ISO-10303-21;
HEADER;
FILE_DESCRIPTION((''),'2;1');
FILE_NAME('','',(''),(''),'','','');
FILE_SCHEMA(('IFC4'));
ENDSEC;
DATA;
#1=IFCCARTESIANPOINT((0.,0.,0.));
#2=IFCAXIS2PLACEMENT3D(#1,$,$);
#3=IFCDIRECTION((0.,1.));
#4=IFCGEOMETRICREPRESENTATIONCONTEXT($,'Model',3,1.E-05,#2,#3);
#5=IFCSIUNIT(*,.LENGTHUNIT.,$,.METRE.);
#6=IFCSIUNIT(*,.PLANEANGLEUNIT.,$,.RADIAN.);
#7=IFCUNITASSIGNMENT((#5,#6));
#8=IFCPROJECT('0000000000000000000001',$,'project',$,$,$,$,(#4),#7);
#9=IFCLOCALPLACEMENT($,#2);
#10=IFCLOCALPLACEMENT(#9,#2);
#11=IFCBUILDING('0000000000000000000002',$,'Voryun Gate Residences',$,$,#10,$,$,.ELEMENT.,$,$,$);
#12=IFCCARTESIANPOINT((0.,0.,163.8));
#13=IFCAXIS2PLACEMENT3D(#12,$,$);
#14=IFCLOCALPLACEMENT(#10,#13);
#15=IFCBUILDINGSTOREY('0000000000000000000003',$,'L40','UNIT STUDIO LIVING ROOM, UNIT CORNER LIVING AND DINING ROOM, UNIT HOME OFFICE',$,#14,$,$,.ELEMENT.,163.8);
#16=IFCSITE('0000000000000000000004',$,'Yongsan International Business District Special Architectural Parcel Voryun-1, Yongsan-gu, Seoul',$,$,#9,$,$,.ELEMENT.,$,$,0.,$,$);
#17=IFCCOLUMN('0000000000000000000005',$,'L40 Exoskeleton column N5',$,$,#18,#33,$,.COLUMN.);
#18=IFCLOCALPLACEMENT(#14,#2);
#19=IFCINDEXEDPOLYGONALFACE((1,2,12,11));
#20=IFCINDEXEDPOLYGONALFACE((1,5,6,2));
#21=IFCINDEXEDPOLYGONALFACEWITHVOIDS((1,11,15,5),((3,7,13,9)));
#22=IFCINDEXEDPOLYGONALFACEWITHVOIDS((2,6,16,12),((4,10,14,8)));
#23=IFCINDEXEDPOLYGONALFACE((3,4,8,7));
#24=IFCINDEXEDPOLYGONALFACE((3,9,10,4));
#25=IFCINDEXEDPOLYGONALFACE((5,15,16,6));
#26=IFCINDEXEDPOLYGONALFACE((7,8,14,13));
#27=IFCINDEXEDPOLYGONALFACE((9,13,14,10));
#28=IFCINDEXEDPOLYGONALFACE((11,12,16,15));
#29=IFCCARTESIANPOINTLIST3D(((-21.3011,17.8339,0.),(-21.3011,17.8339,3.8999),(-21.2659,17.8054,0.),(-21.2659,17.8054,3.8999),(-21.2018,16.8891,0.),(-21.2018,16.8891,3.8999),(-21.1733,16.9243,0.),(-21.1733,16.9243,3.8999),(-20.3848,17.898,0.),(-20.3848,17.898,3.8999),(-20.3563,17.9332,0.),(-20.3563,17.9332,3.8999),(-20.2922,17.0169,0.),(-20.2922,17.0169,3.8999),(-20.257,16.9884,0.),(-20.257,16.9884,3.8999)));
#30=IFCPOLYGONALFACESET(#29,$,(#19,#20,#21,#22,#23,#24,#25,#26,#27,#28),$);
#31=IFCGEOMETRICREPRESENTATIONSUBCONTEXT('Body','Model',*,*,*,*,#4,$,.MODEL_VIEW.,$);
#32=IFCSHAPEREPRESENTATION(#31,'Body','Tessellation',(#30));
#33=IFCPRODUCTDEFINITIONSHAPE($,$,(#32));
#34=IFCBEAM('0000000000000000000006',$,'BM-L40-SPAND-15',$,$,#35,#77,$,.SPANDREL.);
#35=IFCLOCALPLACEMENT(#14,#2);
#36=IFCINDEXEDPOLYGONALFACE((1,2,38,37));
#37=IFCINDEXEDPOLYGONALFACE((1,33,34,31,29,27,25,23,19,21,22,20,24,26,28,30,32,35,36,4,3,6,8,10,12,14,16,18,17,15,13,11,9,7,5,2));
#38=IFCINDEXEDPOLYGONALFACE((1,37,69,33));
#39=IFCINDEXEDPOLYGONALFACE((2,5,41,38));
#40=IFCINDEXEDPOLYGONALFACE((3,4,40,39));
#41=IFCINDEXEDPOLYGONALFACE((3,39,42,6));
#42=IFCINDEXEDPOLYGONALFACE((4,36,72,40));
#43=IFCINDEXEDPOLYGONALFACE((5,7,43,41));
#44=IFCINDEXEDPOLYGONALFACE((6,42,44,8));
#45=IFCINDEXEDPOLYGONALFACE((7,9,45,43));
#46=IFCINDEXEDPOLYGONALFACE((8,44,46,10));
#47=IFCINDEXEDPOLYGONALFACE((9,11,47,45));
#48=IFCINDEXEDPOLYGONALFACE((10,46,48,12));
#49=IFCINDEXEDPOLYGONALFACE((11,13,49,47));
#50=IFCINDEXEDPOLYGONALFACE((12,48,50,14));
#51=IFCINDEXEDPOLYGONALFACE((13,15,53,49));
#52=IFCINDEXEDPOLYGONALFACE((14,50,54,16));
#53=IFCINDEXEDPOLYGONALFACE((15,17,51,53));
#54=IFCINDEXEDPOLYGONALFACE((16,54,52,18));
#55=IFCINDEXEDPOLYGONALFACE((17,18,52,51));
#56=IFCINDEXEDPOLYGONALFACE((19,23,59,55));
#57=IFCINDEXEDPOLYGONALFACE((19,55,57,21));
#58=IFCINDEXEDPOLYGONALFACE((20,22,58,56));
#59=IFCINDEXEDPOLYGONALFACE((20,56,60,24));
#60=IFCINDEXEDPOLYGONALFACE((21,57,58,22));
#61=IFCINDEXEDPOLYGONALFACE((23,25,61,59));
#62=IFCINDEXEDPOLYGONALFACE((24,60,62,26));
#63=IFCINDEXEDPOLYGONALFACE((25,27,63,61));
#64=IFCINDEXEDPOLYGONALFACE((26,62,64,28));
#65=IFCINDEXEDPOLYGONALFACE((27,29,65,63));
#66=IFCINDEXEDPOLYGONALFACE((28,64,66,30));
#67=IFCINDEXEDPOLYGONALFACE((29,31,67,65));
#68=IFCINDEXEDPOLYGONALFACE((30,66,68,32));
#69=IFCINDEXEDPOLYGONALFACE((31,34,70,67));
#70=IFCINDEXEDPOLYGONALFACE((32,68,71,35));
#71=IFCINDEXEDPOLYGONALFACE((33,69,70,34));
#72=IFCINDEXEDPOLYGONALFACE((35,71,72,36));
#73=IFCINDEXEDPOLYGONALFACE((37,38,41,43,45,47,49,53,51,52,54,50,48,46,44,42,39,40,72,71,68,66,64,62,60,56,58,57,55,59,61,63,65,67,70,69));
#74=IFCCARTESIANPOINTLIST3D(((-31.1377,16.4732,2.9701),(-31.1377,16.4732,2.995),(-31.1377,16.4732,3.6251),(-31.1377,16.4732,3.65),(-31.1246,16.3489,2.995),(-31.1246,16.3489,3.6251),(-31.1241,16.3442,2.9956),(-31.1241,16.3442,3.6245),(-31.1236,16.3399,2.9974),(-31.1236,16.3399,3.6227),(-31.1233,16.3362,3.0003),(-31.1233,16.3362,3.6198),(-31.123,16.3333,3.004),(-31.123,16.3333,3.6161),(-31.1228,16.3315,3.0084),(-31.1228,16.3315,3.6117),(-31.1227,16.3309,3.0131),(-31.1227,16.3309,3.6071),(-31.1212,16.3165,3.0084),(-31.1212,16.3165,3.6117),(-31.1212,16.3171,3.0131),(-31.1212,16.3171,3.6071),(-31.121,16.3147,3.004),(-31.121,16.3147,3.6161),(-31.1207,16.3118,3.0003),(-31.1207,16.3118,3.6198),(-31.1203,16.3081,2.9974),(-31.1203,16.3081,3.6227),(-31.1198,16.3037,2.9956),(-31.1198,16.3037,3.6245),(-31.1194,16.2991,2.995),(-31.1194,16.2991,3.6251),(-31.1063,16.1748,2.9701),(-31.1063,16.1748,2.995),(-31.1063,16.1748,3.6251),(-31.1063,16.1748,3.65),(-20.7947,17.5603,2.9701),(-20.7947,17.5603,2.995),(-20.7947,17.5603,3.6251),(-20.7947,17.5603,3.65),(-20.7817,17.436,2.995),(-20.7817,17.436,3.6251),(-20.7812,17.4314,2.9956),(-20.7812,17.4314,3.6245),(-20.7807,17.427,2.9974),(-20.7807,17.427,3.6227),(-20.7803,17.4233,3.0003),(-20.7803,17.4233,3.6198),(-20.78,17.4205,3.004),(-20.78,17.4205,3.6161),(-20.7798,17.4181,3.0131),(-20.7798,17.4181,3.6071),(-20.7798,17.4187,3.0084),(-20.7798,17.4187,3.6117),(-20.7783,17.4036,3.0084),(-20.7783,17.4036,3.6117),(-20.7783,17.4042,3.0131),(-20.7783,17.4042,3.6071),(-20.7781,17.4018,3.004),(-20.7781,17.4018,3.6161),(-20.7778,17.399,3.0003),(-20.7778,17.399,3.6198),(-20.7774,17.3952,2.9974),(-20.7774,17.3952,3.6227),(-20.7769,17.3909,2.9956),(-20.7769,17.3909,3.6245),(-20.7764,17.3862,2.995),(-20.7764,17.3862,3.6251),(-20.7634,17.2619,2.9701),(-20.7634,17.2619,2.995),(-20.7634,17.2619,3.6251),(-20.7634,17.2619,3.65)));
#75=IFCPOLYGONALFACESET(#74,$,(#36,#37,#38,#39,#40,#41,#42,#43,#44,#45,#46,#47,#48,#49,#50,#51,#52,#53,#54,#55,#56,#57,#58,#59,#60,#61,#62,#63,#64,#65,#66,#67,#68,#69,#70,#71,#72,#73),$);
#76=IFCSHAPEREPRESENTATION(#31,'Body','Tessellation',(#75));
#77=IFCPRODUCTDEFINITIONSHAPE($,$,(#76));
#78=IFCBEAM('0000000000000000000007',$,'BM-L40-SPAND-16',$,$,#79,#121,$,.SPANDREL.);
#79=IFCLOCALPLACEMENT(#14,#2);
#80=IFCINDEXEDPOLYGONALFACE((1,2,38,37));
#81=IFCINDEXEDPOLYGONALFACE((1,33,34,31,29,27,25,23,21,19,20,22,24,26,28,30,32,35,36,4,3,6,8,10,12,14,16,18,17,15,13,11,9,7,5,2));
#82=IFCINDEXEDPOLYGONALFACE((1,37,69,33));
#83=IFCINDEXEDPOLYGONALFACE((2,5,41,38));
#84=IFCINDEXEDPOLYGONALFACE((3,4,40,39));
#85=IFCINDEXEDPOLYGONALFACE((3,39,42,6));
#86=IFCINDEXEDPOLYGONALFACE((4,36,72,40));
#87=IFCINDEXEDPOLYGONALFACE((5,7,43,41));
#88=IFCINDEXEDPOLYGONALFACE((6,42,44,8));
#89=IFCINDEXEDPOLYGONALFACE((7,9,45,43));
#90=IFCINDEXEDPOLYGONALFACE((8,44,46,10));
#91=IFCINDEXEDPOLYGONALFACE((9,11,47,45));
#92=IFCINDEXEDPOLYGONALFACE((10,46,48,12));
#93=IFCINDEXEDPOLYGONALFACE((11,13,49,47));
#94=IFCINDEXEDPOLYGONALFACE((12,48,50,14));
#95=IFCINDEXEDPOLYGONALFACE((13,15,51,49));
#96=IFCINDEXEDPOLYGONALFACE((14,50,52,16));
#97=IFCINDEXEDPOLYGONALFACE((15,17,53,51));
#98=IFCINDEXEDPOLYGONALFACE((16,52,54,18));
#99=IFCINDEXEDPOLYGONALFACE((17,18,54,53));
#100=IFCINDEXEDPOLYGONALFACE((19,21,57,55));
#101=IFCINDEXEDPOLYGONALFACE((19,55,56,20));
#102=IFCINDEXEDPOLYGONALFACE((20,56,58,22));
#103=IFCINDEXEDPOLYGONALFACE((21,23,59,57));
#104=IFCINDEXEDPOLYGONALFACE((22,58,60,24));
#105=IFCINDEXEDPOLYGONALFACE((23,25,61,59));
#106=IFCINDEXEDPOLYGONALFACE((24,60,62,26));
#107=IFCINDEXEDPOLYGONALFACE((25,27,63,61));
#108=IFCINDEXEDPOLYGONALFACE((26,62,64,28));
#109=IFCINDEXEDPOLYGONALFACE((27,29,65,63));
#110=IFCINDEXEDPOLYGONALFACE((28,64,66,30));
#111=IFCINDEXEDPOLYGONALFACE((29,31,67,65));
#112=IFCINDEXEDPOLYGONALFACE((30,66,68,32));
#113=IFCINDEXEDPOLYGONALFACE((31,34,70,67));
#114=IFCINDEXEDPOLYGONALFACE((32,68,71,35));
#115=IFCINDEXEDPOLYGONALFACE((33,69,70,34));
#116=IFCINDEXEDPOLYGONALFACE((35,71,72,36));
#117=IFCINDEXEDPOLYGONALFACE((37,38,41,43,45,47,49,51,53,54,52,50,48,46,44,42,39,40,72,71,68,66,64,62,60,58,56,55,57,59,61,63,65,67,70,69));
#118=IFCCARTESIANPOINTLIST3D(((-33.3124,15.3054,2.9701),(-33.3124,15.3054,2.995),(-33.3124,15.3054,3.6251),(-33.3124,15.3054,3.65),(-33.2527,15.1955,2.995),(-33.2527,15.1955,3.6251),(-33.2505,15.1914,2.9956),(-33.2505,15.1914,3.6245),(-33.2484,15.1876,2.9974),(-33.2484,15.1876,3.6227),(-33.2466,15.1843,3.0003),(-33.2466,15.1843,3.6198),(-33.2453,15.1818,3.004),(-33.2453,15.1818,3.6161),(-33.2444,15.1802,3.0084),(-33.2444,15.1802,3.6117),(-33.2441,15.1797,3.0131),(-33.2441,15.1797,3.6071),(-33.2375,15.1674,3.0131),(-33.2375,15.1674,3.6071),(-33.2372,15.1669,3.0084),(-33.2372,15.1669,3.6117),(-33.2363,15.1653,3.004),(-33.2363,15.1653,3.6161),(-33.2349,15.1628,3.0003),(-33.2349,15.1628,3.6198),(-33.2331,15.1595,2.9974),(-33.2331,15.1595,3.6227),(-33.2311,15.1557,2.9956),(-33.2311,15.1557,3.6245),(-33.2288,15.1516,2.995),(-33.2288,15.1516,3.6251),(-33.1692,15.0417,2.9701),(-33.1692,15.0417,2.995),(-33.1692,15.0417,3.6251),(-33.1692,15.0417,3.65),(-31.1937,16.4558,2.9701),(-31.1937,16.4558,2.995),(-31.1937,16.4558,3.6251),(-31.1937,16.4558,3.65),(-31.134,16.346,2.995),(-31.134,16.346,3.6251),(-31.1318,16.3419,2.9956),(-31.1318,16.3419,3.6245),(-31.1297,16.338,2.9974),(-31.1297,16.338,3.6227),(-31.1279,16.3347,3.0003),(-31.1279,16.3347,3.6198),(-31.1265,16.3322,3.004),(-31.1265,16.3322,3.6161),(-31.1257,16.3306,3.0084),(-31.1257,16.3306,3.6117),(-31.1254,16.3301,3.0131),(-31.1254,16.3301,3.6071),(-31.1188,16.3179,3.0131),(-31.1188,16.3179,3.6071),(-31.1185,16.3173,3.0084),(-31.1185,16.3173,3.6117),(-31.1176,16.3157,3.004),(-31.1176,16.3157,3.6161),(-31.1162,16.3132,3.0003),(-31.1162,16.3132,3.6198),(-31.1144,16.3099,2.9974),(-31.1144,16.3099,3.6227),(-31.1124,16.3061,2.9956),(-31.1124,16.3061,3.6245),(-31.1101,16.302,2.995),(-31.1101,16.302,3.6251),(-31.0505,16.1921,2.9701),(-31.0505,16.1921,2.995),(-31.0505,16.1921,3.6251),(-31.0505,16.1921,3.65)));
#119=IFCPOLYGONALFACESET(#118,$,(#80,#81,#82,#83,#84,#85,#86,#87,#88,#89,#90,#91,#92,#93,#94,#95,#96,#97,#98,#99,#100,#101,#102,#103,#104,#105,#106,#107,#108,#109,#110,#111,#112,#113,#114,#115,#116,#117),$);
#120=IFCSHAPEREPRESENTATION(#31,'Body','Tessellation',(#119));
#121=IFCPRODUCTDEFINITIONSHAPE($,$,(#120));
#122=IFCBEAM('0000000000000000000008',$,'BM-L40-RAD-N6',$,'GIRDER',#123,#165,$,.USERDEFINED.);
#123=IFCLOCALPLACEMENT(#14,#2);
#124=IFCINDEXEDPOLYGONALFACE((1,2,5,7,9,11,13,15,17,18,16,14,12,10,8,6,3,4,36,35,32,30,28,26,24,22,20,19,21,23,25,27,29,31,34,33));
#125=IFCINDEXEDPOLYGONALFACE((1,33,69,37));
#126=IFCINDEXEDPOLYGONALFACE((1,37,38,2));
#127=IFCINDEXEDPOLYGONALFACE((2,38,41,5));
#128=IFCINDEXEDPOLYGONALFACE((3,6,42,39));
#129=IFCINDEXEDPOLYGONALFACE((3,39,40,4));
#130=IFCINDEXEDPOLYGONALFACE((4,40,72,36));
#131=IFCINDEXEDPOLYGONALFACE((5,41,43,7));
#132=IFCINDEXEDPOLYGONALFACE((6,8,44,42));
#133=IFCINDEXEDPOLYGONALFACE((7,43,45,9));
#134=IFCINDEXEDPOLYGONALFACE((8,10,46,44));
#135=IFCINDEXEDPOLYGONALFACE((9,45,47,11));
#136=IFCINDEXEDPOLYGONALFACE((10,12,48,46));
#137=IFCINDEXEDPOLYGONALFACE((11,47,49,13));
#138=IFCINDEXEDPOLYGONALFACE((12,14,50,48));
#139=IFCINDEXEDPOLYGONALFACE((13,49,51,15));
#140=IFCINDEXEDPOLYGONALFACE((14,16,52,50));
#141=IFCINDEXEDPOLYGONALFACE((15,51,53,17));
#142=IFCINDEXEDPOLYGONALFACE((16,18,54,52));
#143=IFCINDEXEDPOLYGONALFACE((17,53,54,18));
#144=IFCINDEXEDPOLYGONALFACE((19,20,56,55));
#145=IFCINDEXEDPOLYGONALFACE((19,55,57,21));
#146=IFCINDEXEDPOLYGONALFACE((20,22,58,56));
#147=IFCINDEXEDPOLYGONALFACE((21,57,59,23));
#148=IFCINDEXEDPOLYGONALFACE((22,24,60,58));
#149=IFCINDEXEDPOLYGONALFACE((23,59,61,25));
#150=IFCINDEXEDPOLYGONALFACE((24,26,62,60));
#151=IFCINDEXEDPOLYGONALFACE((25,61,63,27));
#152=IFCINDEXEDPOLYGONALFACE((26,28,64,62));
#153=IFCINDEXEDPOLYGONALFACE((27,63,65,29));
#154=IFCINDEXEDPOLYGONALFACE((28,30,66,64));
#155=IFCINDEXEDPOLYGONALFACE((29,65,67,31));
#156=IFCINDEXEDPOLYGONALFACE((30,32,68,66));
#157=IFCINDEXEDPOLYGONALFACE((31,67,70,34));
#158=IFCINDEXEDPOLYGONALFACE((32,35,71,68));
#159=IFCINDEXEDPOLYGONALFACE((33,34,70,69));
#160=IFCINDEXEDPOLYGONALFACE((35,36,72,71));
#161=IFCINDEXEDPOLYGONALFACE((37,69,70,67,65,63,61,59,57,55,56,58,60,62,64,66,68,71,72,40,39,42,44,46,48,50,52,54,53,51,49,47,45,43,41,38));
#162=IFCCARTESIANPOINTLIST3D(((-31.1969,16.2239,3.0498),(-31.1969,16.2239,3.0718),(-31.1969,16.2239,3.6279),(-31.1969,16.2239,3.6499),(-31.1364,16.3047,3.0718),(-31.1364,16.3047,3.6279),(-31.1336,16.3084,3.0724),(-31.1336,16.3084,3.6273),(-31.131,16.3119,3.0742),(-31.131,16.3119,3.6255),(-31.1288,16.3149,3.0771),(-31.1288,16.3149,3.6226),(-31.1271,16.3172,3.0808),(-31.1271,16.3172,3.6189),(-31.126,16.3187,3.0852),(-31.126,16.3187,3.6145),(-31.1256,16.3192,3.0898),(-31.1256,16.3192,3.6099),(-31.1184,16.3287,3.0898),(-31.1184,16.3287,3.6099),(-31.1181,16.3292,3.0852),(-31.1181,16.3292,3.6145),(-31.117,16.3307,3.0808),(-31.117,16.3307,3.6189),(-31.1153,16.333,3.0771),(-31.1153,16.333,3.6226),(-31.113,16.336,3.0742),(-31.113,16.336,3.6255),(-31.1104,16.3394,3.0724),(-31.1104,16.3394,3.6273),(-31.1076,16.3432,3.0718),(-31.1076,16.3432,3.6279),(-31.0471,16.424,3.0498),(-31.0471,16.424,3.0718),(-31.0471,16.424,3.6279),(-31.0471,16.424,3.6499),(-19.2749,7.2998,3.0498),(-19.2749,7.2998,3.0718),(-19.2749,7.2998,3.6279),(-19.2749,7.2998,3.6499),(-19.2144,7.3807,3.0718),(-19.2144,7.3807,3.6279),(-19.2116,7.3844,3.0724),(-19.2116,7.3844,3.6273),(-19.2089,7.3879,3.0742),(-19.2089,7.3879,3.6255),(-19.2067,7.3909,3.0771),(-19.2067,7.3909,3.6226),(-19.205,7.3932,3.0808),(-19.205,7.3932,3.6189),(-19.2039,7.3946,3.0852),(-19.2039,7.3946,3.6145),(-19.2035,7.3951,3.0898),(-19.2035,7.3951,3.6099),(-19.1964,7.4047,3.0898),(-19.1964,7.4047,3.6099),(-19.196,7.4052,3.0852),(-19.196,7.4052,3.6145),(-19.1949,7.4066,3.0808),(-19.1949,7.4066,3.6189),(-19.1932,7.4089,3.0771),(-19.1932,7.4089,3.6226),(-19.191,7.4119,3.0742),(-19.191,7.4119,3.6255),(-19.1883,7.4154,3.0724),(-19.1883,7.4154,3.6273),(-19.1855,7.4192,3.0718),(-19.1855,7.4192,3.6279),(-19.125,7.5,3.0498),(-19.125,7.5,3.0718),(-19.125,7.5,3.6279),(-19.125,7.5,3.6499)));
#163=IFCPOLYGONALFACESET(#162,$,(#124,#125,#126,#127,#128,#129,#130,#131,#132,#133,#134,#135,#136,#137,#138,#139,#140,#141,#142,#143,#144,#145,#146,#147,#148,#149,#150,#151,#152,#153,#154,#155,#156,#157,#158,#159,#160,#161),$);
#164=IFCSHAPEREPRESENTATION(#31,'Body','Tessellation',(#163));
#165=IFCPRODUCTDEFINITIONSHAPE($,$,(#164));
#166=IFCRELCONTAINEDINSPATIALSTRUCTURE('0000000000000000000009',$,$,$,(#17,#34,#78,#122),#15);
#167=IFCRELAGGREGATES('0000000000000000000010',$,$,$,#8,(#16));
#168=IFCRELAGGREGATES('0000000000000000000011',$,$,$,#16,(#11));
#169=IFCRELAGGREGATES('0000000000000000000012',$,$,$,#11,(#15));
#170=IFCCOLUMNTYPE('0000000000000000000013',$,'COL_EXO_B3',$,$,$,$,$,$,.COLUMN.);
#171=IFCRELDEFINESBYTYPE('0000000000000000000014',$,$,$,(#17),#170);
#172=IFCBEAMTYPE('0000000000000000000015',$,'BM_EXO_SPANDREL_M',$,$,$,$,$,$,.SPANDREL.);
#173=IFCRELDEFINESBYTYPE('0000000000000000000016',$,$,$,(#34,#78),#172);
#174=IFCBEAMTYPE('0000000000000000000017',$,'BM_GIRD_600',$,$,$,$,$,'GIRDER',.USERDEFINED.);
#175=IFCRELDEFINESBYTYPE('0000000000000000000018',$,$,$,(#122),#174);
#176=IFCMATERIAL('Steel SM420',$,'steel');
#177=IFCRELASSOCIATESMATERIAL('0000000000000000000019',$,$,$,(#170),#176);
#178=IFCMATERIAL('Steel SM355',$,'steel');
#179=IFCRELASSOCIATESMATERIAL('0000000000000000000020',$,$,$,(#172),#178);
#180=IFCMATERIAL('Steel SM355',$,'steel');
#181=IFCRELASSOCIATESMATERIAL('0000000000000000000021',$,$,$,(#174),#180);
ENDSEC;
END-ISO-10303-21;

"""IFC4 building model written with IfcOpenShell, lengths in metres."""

from ifc_helpers import new_model, si_unit, direction, frame, origin, origin_2d, place, context, subcontext, project, spatial, hollow_rectangle, i_section, extrude, material, material_profile, profile_set, type_object, element, save


model = new_model("IFC4")

# Units and contexts
model_context = context("Model", 3, precision=1e-05, world=origin(), true_north=direction((0.0, 1.0)))
body_context = subcontext(model_context, "Body", "Model", "MODEL_VIEW")
ifc_project = project(units=[si_unit("LENGTHUNIT", "METRE"), si_unit("PLANEANGLEUNIT", "RADIAN")], contexts=[model_context])

# Site, building, storey
site_placement = place(None, origin())
site = spatial("IfcSite", under=ifc_project, at=site_placement, Name="Yongsan International Business District Special Architectural Parcel Voryun-1, Yongsan-gu, Seoul", CompositionType="ELEMENT", RefElevation=0.0)
building_placement = place(site_placement, origin())
building = spatial("IfcBuilding", under=site, at=building_placement, Name="Voryun Gate Residences", CompositionType="ELEMENT")
storey_placement = place(building_placement, frame((0.0, 0.0, 163.8)))
storey = spatial("IfcBuildingStorey", under=building, at=storey_placement, Name="L40", Description="UNIT STUDIO LIVING ROOM, UNIT CORNER LIVING AND DINING ROOM, UNIT HOME OFFICE", CompositionType="ELEMENT", Elevation=163.8)

# Column
ifc_material_1 = material(Name="Steel SM420", Category="steel")
ifc_material_profile_1 = material_profile(ifc_material_1, hollow_rectangle(XDim=0.95, YDim=0.95, WallThickness=0.032, at=origin_2d()), Name="BOX-950x950x32")
ifc_profile_set_1 = profile_set([ifc_material_profile_1], Name="Steel SM420")
column_type = type_object("IfcColumnType", Name="COL_EXO_B3", PredefinedType="COLUMN", material=ifc_profile_set_1)
column_placement = place(storey_placement, frame((-20.7791, 17.4111, 0.0), z_axis=(0.0, 0.0, 1.0), x_axis=(0.994522, 0.104528, 0.0)))
element("IfcColumn", 1, at=column_placement, inside=storey, type_object=column_type, Name="L40 Exoskeleton column N5", PredefinedType="COLUMN", context=body_context, shape_type="SweptSolid", body=[
    extrude(hollow_rectangle(XDim=0.95, YDim=0.95, WallThickness=0.032, at=origin_2d()), origin(), (0.0, 0.0, 1.0), 3.8999),
])

# Beams
ifc_material_2 = material(Name="Steel SM355", Category="steel")
ifc_material_profile_2 = material_profile(ifc_material_2, i_section(OverallWidth=0.3, OverallDepth=0.6799, WebThickness=0.0139, FlangeThickness=0.0249, FilletRadius=0.0181, at=origin_2d()), Name="H-680x300x14x25")
ifc_profile_set_2 = profile_set([ifc_material_profile_2], Name="Steel SM355")
beam_type_1 = type_object("IfcBeamType", Name="BM_EXO_SPANDREL_M", PredefinedType="SPANDREL", material=ifc_profile_set_2)
beam_1_placement = place(storey_placement, frame((-20.7791, 17.4111, 3.3101), z_axis=(-0.994521, -0.104534, 0.0), x_axis=(0.104534, -0.994521, 0.0)))
element("IfcBeam", 2, at=beam_1_placement, inside=storey, type_object=beam_type_1, Name="BM-L40-SPAND-15", PredefinedType="SPANDREL", context=body_context, shape_type="SweptSolid", body=[
    extrude(i_section(OverallWidth=0.3, OverallDepth=0.6799, WebThickness=0.0139, FlangeThickness=0.0249, FilletRadius=0.0181, at=origin_2d()), origin(), (0.0, 0.0, 1.0), 10.3999),
])
beam_2_placement = place(storey_placement, frame((-31.1221, 16.324, 3.3101), z_axis=(-0.878807, -0.477177, 0.0), x_axis=(0.477177, -0.878807, 0.0)))
element("IfcBeam", 3, at=beam_2_placement, inside=storey, type_object=beam_type_1, Name="BM-L40-SPAND-16", PredefinedType="SPANDREL", context=body_context, shape_type="SweptSolid", body=[
    extrude(i_section(OverallWidth=0.3, OverallDepth=0.6799, WebThickness=0.0139, FlangeThickness=0.0249, FilletRadius=0.0181, at=origin_2d()), origin(), (0.0, 0.0, 1.0), 2.4109),
])
ifc_material_3 = material(Name="Steel SM355", Category="steel")
ifc_material_profile_3 = material_profile(ifc_material_3, i_section(OverallWidth=0.25, OverallDepth=0.6001, WebThickness=0.012, FlangeThickness=0.022, FilletRadius=0.0181, at=origin_2d()), Name="H-600x250x12x22")
ifc_profile_set_3 = profile_set([ifc_material_profile_3], Name="Steel SM355")
beam_type_2 = type_object("IfcBeamType", Name="BM_GIRD_600", ElementType="GIRDER", PredefinedType="USERDEFINED", material=ifc_profile_set_3)
beam_3_placement = place(storey_placement, frame((-19.2, 7.3999, 3.3499), z_axis=(-0.800564, 0.599247, 0.0), x_axis=(-0.599247, -0.800564, 0.0)))
element("IfcBeam", 4, at=beam_3_placement, inside=storey, type_object=beam_type_2, Name="BM-L40-RAD-N6", ObjectType="GIRDER", PredefinedType="USERDEFINED", context=body_context, shape_type="SweptSolid", body=[
    extrude(i_section(OverallWidth=0.25, OverallDepth=0.6001, WebThickness=0.012, FlangeThickness=0.022, FilletRadius=0.0181, at=origin_2d()), origin(), (0.0, 0.0, 1.0), 14.8921),
])

save(model, "model.ifc")
